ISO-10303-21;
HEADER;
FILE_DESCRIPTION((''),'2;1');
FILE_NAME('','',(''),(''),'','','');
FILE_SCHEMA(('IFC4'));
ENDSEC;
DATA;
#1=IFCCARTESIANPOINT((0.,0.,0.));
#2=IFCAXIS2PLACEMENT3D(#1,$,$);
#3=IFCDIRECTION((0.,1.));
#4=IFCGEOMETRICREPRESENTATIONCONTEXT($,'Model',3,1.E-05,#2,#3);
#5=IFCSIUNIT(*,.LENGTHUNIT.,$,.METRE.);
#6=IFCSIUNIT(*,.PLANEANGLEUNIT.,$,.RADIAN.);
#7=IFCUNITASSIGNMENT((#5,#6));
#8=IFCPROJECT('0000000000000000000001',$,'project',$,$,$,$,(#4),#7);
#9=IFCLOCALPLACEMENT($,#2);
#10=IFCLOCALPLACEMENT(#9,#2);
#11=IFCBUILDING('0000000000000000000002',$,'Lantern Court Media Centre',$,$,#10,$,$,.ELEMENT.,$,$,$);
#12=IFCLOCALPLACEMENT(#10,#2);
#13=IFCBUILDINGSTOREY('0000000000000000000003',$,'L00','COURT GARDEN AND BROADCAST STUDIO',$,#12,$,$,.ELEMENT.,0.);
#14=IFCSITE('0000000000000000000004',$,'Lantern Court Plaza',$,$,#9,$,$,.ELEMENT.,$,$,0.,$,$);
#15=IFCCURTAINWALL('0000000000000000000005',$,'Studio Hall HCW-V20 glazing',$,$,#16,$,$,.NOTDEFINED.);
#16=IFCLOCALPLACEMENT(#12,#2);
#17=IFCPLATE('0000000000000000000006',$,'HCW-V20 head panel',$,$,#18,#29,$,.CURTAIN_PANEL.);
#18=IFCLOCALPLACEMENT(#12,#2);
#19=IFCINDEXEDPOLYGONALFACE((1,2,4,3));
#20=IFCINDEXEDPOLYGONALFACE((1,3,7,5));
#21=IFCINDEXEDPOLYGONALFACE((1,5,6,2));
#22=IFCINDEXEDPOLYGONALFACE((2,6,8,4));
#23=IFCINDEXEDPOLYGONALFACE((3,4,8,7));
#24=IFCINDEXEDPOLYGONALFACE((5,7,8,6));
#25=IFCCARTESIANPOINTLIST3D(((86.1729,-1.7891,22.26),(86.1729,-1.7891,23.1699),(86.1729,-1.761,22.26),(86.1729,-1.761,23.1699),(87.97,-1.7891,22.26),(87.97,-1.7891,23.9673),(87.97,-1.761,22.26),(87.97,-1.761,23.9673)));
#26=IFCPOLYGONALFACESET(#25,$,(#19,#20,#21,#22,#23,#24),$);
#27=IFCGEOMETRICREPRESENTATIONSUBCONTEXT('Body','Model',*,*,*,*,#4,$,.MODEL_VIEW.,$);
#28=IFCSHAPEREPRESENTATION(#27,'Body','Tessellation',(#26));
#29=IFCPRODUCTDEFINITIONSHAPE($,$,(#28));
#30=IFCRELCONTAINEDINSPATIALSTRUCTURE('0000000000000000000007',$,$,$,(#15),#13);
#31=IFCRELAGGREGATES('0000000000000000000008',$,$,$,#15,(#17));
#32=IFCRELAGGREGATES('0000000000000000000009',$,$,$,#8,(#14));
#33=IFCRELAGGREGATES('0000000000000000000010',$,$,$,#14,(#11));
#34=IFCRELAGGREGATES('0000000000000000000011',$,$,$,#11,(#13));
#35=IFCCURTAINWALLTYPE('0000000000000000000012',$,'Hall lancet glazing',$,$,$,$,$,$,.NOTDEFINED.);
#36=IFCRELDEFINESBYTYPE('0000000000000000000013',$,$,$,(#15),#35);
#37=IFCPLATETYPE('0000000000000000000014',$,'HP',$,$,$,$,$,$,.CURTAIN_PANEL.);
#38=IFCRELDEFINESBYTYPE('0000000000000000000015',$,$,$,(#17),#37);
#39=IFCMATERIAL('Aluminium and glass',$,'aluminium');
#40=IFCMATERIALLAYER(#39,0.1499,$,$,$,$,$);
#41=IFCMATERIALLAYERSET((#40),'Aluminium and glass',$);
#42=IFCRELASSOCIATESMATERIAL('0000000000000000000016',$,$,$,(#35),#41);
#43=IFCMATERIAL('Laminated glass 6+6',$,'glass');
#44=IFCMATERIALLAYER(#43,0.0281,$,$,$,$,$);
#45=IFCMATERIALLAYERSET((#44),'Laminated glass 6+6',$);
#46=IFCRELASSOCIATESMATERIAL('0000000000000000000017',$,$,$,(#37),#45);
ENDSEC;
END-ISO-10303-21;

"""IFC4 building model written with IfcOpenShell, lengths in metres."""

from ifc_helpers import new_model, si_unit, direction, frame, origin, place, context, subcontext, project, spatial, polyline, outline, extrude, material, layer, layer_set, type_object, element, aggregate, save


model = new_model("IFC4")

# Units and contexts
model_context = context("Model", 3, precision=1e-05, world=origin(), true_north=direction((0.0, 1.0)))
body_context = subcontext(model_context, "Body", "Model", "MODEL_VIEW")
ifc_project = project(units=[si_unit("LENGTHUNIT", "METRE"), si_unit("PLANEANGLEUNIT", "RADIAN")], contexts=[model_context])

# Site, building, storey
site_placement = place(None, origin())
site = spatial("IfcSite", under=ifc_project, at=site_placement, Name="Lantern Court Plaza", CompositionType="ELEMENT", RefElevation=0.0)
building_placement = place(site_placement, origin())
building = spatial("IfcBuilding", under=site, at=building_placement, Name="Lantern Court Media Centre", CompositionType="ELEMENT")
storey_placement = place(building_placement, origin())
storey = spatial("IfcBuildingStorey", under=building, at=storey_placement, Name="L00", Description="COURT GARDEN AND BROADCAST STUDIO", CompositionType="ELEMENT", Elevation=0.0)

# Curtain wall, plate
ifc_material_1 = material(Name="Aluminium and glass", Category="aluminium")
ifc_layer_1 = layer(ifc_material_1, 0.1499)
ifc_layer_set_1 = layer_set([ifc_layer_1], Name="Aluminium and glass")
curtain_wall_type = type_object("IfcCurtainWallType", Name="Hall lancet glazing", PredefinedType="NOTDEFINED", material=ifc_layer_set_1)
curtain_wall_placement = place(storey_placement, origin())
curtain_wall = element("IfcCurtainWall", 1, at=curtain_wall_placement, inside=storey, type_object=curtain_wall_type, Name="Studio Hall HCW-V20 glazing", PredefinedType="NOTDEFINED")
ifc_material_2 = material(Name="Laminated glass 6+6", Category="glass")
ifc_layer_2 = layer(ifc_material_2, 0.0281)
ifc_layer_set_2 = layer_set([ifc_layer_2], Name="Laminated glass 6+6")
plate_type = type_object("IfcPlateType", Name="HP", PredefinedType="CURTAIN_PANEL", material=ifc_layer_set_2)
plate_1_placement = place(storey_placement, frame((86.1729, -1.7891, 22.26), z_axis=(0.0, -1.0, 0.0), x_axis=(1.0, 0.0, 0.0)))
plate_1 = element("IfcPlate", 2, at=plate_1_placement, type_object=plate_type, Name="HCW-V20 head panel", PredefinedType="CURTAIN_PANEL", context=body_context, shape_type="SweptSolid", body=[
    extrude(outline(polyline([(0.0, 0.0), (1.7971, 0.0), (1.7971, 1.7073), (0.0, 0.9099), (0.0, 0.0)])), origin(), (0.0, 0.0, -1.0), 0.0281),
])
aggregate(curtain_wall, [plate_1])

save(model, "model.ifc")
